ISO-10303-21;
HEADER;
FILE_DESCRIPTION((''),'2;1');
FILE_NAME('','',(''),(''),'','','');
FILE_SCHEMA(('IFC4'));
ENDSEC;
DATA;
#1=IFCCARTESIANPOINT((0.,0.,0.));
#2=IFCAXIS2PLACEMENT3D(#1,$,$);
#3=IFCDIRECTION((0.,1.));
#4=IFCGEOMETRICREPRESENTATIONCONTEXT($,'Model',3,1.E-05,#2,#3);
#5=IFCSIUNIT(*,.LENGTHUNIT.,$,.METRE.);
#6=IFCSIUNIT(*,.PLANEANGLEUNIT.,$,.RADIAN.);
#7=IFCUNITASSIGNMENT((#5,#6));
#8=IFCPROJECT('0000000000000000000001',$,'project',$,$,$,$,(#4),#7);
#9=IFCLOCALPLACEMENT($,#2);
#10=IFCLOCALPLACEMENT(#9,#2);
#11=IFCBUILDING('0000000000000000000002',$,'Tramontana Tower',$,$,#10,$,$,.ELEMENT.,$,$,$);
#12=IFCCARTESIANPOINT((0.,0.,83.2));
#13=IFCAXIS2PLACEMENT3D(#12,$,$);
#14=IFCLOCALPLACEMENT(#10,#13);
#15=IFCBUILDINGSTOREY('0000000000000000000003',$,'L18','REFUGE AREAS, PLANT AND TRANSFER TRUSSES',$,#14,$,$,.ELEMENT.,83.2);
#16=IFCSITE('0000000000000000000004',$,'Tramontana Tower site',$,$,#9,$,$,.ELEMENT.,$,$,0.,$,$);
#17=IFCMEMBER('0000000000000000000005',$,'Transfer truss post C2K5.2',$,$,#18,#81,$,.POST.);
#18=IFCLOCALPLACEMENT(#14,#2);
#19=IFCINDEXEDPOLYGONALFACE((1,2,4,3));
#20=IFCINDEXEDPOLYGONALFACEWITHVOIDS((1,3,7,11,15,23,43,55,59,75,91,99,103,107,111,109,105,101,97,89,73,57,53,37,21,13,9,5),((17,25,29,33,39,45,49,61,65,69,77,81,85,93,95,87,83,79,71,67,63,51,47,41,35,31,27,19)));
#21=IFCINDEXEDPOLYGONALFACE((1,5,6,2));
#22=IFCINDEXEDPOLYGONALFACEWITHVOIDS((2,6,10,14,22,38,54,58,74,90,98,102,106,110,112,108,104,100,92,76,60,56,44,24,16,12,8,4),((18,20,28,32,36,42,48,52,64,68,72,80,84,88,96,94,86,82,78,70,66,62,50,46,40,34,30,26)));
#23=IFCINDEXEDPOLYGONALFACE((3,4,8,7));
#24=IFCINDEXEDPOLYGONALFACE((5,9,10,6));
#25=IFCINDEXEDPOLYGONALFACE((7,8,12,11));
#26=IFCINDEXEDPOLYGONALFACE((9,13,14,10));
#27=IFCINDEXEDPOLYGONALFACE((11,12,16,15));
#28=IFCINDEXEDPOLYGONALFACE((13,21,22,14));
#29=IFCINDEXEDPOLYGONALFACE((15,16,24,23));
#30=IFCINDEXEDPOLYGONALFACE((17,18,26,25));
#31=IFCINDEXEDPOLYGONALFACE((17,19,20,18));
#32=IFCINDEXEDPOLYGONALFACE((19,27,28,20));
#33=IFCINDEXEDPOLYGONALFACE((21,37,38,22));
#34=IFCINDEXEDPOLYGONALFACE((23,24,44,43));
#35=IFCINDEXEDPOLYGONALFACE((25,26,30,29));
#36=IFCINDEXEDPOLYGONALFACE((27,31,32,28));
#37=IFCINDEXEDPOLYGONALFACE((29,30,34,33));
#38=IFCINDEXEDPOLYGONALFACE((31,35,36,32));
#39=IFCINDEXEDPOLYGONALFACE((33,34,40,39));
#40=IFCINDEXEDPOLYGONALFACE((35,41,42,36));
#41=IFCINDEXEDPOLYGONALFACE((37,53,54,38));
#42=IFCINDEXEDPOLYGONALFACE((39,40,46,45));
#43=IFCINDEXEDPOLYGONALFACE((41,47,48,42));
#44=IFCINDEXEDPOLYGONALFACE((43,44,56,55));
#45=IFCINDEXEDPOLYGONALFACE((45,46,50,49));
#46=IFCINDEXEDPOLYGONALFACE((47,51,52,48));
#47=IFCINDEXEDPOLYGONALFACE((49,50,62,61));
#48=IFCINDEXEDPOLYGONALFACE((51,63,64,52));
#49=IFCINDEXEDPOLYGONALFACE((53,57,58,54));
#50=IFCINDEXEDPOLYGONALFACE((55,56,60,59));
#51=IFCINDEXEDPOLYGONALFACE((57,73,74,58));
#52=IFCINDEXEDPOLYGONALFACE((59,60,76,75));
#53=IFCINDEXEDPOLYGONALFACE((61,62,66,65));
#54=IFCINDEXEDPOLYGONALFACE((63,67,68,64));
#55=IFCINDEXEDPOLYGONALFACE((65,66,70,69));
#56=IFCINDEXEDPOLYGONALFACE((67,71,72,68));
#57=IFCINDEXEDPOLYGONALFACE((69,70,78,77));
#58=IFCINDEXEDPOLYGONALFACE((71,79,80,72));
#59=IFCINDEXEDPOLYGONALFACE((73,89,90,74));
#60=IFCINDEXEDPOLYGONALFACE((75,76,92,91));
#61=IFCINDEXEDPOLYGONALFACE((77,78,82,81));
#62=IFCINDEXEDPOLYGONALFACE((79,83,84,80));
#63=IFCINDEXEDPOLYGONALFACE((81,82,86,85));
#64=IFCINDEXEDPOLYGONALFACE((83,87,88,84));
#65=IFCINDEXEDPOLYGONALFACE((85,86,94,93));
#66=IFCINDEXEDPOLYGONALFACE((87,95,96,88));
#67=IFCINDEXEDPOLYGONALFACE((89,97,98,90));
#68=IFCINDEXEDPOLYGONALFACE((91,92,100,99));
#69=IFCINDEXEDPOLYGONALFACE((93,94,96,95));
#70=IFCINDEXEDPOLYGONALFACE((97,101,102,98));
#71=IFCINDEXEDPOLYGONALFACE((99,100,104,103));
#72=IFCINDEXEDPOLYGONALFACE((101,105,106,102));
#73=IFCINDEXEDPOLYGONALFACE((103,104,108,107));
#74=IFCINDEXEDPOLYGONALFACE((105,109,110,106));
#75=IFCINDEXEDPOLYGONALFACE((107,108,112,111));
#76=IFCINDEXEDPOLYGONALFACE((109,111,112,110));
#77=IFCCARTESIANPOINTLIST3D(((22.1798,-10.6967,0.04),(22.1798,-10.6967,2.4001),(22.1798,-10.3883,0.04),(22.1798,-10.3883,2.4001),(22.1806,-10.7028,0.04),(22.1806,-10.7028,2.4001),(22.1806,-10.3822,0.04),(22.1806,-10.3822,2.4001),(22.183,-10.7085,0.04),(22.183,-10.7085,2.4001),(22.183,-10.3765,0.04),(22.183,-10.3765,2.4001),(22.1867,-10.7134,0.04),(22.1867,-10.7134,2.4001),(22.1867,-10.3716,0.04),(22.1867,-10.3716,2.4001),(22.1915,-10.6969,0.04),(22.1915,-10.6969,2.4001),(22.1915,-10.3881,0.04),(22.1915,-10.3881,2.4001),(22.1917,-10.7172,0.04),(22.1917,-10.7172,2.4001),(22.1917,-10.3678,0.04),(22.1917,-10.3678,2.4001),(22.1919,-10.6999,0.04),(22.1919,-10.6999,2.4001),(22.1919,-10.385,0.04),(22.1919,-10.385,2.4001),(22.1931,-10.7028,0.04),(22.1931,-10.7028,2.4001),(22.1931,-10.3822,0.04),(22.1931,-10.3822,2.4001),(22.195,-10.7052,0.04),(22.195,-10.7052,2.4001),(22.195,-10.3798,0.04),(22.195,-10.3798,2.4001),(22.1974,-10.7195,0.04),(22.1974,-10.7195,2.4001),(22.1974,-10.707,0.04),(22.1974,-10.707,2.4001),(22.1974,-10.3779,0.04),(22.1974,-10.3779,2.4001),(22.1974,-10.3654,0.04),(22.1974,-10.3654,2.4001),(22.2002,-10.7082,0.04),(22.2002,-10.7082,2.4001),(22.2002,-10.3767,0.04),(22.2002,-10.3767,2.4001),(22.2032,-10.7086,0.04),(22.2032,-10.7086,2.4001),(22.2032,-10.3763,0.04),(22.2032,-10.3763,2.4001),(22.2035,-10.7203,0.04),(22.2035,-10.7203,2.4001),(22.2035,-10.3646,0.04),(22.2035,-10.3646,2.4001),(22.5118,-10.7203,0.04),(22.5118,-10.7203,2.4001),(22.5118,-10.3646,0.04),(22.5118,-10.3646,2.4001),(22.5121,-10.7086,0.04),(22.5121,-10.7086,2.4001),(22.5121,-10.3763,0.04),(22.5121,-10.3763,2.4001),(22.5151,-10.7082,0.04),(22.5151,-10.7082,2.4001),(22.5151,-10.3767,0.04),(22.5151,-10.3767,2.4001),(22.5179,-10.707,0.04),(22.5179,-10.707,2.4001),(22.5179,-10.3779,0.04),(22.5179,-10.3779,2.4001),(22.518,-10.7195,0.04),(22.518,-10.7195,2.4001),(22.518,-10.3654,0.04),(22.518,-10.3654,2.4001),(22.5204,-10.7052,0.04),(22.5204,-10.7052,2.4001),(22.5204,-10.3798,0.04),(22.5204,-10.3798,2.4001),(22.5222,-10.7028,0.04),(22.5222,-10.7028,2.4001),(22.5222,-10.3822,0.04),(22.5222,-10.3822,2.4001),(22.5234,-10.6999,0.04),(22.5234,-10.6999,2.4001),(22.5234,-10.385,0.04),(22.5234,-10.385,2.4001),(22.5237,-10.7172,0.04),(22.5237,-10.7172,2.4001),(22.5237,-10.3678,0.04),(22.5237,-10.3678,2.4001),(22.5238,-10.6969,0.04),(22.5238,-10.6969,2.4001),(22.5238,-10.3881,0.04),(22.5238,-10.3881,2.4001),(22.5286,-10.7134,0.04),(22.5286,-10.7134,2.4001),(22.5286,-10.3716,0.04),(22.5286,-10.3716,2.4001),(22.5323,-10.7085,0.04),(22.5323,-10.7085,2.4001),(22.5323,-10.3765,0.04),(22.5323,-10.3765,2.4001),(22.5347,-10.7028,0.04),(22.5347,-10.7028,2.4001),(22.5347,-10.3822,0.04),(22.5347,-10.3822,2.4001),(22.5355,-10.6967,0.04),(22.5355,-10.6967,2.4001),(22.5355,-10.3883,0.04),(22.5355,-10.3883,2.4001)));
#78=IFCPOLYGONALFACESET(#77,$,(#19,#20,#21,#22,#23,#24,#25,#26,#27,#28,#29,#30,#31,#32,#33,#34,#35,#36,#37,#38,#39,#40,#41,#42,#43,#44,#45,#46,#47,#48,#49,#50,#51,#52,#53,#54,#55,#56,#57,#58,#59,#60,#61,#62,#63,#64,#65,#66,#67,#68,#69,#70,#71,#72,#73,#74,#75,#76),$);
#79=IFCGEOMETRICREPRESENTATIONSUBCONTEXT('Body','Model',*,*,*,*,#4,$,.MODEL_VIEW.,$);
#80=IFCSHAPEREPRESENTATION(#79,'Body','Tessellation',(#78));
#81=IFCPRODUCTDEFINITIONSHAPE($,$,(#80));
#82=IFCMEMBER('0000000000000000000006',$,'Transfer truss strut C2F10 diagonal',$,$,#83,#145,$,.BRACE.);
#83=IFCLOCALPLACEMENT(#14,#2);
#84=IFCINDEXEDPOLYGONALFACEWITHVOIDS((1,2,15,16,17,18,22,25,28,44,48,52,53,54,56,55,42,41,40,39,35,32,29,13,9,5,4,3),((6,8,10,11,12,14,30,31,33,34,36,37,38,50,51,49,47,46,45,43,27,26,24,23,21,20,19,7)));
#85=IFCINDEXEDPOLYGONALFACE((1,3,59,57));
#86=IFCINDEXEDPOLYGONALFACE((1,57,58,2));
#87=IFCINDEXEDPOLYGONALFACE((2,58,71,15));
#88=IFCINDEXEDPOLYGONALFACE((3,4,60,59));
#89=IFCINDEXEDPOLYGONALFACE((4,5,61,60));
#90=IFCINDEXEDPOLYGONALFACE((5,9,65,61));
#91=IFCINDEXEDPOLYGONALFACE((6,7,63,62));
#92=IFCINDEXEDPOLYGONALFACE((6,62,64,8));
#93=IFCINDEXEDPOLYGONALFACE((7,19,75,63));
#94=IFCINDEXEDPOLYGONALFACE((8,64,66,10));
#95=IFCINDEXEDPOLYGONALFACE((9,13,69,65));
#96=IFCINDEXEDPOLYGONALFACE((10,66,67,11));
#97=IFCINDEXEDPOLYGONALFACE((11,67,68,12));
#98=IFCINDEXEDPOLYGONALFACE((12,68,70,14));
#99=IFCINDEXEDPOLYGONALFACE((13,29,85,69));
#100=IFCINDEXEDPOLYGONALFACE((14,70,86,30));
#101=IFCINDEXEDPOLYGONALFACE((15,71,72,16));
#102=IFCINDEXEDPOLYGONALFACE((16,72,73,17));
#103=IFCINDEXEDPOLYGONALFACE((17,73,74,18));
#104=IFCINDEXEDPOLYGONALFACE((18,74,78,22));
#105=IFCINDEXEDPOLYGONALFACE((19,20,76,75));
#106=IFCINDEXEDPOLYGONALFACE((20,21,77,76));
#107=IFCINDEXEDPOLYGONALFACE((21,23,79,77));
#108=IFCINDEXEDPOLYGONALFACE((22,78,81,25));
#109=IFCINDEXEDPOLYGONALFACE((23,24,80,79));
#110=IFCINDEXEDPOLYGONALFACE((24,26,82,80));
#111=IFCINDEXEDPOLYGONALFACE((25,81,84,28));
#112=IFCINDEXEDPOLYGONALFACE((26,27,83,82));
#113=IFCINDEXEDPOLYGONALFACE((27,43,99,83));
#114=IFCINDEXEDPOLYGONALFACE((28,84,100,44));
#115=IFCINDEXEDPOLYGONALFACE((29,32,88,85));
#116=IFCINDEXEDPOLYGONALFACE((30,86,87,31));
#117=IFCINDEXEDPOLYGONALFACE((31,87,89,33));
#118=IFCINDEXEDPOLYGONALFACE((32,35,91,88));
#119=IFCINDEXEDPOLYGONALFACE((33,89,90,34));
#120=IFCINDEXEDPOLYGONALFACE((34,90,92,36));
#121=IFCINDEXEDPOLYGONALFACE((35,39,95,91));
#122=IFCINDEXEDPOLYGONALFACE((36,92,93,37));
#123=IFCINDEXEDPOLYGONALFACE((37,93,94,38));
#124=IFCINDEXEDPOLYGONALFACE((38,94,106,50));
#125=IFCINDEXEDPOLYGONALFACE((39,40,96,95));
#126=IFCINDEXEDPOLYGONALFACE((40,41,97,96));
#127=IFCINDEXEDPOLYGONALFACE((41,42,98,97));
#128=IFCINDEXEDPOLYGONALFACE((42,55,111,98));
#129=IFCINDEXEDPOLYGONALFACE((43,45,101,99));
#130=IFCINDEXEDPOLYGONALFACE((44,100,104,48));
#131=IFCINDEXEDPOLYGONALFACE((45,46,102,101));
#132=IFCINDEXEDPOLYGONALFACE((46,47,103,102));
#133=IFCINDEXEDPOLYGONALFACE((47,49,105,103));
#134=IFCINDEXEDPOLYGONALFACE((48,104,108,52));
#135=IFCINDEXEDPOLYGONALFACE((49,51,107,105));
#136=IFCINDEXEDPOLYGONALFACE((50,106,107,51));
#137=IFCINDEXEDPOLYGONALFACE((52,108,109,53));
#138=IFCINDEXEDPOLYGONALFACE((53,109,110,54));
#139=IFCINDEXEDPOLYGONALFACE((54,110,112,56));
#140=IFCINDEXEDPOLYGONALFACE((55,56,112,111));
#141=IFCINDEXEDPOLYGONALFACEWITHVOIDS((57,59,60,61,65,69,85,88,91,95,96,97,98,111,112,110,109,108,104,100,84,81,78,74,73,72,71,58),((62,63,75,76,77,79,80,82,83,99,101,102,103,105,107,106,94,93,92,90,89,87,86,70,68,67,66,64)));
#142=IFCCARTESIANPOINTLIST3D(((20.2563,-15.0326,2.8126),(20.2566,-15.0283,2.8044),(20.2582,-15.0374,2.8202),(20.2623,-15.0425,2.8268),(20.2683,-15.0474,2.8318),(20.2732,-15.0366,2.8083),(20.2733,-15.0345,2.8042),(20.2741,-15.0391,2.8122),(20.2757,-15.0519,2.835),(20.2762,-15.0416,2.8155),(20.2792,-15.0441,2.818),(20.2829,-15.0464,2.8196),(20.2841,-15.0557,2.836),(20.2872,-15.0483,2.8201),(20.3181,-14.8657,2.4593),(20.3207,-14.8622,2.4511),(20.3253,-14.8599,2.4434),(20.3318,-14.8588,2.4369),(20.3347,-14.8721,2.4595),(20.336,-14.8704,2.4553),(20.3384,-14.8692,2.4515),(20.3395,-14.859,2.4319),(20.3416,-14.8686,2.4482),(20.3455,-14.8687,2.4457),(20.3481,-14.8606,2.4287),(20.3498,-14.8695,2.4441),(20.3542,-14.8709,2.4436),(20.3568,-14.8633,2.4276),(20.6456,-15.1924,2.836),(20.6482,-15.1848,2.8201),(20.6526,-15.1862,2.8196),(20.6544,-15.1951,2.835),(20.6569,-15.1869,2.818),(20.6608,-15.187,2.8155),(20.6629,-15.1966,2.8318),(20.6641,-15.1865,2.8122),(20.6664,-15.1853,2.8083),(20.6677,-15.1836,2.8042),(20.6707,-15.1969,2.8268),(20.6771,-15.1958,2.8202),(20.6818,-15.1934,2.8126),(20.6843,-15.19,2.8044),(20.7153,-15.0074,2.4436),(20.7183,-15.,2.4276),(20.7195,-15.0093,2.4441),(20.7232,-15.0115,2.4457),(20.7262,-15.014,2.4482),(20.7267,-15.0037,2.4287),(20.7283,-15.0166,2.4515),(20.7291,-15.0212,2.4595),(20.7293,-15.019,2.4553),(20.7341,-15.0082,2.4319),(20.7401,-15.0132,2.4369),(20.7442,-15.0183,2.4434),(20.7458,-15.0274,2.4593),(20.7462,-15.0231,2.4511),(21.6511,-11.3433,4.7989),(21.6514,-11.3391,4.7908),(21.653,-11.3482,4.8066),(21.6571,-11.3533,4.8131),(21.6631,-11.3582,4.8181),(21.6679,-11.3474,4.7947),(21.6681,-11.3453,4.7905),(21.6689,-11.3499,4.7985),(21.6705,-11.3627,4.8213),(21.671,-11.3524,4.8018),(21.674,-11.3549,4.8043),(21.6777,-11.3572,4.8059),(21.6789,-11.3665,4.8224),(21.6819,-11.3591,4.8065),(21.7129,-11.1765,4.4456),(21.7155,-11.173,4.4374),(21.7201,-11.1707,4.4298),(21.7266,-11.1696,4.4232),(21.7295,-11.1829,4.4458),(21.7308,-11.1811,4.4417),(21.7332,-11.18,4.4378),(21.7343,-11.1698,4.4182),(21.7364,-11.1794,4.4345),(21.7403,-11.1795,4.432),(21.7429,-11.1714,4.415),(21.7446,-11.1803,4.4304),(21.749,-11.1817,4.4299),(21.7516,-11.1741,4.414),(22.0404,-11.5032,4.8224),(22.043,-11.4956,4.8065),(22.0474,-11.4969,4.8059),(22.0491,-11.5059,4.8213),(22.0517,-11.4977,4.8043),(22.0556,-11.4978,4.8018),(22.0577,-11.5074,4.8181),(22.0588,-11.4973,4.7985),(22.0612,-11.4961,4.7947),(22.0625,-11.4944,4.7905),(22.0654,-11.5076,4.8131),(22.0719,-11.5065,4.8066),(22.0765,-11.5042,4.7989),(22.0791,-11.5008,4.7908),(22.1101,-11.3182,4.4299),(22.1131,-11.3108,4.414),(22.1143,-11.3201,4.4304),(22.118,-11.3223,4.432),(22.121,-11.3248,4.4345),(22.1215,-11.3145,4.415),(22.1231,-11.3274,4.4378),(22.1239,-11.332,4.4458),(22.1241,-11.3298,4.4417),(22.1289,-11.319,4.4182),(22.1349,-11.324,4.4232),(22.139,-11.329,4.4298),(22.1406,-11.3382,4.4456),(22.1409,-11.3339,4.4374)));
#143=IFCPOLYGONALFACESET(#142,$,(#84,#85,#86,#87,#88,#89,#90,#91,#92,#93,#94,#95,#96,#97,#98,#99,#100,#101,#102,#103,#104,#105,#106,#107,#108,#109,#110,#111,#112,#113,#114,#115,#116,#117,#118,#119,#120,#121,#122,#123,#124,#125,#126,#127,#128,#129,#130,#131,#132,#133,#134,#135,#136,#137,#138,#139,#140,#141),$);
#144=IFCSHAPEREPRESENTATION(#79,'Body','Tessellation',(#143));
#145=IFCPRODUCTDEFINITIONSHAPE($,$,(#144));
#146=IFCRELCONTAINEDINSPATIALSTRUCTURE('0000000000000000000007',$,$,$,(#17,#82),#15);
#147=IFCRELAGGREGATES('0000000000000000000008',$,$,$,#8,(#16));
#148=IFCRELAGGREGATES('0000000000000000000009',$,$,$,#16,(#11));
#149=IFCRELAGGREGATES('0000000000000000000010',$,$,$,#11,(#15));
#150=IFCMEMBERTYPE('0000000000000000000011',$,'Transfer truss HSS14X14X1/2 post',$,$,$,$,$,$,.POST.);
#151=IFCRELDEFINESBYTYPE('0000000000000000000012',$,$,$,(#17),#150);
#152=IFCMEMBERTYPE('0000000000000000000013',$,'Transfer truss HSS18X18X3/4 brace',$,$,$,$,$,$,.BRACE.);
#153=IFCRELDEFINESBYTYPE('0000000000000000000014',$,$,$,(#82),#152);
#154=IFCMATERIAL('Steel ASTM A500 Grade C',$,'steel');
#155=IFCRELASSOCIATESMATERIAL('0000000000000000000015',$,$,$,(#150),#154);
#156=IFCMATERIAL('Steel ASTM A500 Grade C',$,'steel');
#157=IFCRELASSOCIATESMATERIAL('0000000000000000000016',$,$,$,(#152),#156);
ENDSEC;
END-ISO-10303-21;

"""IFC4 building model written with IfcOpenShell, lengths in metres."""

from ifc_helpers import new_model, si_unit, direction, frame, origin, origin_2d, place, context, subcontext, project, spatial, hollow_rectangle, extrude, material, material_profile, profile_set, type_object, element, save


model = new_model("IFC4")

# Units and contexts
model_context = context("Model", 3, precision=1e-05, world=origin(), true_north=direction((0.0, 1.0)))
body_context = subcontext(model_context, "Body", "Model", "MODEL_VIEW")
ifc_project = project(units=[si_unit("LENGTHUNIT", "METRE"), si_unit("PLANEANGLEUNIT", "RADIAN")], contexts=[model_context])

# Site, building, storey
site_placement = place(None, origin())
site = spatial("IfcSite", under=ifc_project, at=site_placement, Name="Tramontana Tower site", CompositionType="ELEMENT", RefElevation=0.0)
building_placement = place(site_placement, origin())
building = spatial("IfcBuilding", under=site, at=building_placement, Name="Tramontana Tower", CompositionType="ELEMENT")
storey_placement = place(building_placement, frame((0.0, 0.0, 83.2)))
storey = spatial("IfcBuildingStorey", under=building, at=storey_placement, Name="L18", Description="REFUGE AREAS, PLANT AND TRANSFER TRUSSES", CompositionType="ELEMENT", Elevation=83.2)

# Members
ifc_material_1 = material(Name="Steel ASTM A500 Grade C", Category="steel")
ifc_material_profile_1 = material_profile(ifc_material_1, hollow_rectangle(XDim=0.3557, YDim=0.3557, WallThickness=0.0117, InnerFilletRadius=0.0117, OuterFilletRadius=0.0237, at=origin_2d()), Name="HSS14X14X1/2")
ifc_profile_set_1 = profile_set([ifc_material_profile_1], Name="Steel ASTM A500 Grade C")
member_type_1 = type_object("IfcMemberType", Name="Transfer truss HSS14X14X1/2 post", PredefinedType="POST", material=ifc_profile_set_1)
for number, where, z_axis, x_axis, name in (
    (1, (22.3577, -10.5425, 0.04), (0.0, 0.0, 1.0), (1.0, 0.0, 0.0), "Transfer truss post C2K5.2"),
):
    element("IfcMember", number, at=place(storey_placement, frame(where, z_axis=z_axis, x_axis=x_axis)), inside=storey, type_object=member_type_1, Name=name, PredefinedType="POST", context=body_context, shape_type="SweptSolid", body=[
        extrude(hollow_rectangle(XDim=0.3557, YDim=0.3557, WallThickness=0.0117, InnerFilletRadius=0.0117, OuterFilletRadius=0.0237, at=origin_2d()), origin(), (0.0, 0.0, 1.0), 2.3601),
    ])
ifc_material_2 = material(Name="Steel ASTM A500 Grade C", Category="steel")
ifc_material_profile_2 = material_profile(ifc_material_2, hollow_rectangle(XDim=0.4573, YDim=0.4573, WallThickness=0.0178, InnerFilletRadius=0.0178, OuterFilletRadius=0.0354, at=origin_2d()), Name="HSS18X18X3/4")
ifc_profile_set_2 = profile_set([ifc_material_profile_2], Name="Steel ASTM A500 Grade C")
member_type_2 = type_object("IfcMemberType", Name="Transfer truss HSS18X18X3/4 brace", PredefinedType="BRACE", material=ifc_profile_set_2)
member_1_placement = place(storey_placement, frame((20.5012, -15.0278, 2.6318), z_axis=(0.315845, 0.835416, 0.449801), x_axis=(-0.935382, 0.353639, 0.0)))
element("IfcMember", 2, at=member_1_placement, inside=storey, type_object=member_type_2, Name="Transfer truss strut C2F10 diagonal", PredefinedType="BRACE", context=body_context, shape_type="SweptSolid", body=[
    extrude(hollow_rectangle(XDim=0.4573, YDim=0.4573, WallThickness=0.0178, InnerFilletRadius=0.0178, OuterFilletRadius=0.0354, at=origin_2d()), origin(), (0.0, 0.0, 1.0), 4.416),
])

save(model, "model.ifc")
